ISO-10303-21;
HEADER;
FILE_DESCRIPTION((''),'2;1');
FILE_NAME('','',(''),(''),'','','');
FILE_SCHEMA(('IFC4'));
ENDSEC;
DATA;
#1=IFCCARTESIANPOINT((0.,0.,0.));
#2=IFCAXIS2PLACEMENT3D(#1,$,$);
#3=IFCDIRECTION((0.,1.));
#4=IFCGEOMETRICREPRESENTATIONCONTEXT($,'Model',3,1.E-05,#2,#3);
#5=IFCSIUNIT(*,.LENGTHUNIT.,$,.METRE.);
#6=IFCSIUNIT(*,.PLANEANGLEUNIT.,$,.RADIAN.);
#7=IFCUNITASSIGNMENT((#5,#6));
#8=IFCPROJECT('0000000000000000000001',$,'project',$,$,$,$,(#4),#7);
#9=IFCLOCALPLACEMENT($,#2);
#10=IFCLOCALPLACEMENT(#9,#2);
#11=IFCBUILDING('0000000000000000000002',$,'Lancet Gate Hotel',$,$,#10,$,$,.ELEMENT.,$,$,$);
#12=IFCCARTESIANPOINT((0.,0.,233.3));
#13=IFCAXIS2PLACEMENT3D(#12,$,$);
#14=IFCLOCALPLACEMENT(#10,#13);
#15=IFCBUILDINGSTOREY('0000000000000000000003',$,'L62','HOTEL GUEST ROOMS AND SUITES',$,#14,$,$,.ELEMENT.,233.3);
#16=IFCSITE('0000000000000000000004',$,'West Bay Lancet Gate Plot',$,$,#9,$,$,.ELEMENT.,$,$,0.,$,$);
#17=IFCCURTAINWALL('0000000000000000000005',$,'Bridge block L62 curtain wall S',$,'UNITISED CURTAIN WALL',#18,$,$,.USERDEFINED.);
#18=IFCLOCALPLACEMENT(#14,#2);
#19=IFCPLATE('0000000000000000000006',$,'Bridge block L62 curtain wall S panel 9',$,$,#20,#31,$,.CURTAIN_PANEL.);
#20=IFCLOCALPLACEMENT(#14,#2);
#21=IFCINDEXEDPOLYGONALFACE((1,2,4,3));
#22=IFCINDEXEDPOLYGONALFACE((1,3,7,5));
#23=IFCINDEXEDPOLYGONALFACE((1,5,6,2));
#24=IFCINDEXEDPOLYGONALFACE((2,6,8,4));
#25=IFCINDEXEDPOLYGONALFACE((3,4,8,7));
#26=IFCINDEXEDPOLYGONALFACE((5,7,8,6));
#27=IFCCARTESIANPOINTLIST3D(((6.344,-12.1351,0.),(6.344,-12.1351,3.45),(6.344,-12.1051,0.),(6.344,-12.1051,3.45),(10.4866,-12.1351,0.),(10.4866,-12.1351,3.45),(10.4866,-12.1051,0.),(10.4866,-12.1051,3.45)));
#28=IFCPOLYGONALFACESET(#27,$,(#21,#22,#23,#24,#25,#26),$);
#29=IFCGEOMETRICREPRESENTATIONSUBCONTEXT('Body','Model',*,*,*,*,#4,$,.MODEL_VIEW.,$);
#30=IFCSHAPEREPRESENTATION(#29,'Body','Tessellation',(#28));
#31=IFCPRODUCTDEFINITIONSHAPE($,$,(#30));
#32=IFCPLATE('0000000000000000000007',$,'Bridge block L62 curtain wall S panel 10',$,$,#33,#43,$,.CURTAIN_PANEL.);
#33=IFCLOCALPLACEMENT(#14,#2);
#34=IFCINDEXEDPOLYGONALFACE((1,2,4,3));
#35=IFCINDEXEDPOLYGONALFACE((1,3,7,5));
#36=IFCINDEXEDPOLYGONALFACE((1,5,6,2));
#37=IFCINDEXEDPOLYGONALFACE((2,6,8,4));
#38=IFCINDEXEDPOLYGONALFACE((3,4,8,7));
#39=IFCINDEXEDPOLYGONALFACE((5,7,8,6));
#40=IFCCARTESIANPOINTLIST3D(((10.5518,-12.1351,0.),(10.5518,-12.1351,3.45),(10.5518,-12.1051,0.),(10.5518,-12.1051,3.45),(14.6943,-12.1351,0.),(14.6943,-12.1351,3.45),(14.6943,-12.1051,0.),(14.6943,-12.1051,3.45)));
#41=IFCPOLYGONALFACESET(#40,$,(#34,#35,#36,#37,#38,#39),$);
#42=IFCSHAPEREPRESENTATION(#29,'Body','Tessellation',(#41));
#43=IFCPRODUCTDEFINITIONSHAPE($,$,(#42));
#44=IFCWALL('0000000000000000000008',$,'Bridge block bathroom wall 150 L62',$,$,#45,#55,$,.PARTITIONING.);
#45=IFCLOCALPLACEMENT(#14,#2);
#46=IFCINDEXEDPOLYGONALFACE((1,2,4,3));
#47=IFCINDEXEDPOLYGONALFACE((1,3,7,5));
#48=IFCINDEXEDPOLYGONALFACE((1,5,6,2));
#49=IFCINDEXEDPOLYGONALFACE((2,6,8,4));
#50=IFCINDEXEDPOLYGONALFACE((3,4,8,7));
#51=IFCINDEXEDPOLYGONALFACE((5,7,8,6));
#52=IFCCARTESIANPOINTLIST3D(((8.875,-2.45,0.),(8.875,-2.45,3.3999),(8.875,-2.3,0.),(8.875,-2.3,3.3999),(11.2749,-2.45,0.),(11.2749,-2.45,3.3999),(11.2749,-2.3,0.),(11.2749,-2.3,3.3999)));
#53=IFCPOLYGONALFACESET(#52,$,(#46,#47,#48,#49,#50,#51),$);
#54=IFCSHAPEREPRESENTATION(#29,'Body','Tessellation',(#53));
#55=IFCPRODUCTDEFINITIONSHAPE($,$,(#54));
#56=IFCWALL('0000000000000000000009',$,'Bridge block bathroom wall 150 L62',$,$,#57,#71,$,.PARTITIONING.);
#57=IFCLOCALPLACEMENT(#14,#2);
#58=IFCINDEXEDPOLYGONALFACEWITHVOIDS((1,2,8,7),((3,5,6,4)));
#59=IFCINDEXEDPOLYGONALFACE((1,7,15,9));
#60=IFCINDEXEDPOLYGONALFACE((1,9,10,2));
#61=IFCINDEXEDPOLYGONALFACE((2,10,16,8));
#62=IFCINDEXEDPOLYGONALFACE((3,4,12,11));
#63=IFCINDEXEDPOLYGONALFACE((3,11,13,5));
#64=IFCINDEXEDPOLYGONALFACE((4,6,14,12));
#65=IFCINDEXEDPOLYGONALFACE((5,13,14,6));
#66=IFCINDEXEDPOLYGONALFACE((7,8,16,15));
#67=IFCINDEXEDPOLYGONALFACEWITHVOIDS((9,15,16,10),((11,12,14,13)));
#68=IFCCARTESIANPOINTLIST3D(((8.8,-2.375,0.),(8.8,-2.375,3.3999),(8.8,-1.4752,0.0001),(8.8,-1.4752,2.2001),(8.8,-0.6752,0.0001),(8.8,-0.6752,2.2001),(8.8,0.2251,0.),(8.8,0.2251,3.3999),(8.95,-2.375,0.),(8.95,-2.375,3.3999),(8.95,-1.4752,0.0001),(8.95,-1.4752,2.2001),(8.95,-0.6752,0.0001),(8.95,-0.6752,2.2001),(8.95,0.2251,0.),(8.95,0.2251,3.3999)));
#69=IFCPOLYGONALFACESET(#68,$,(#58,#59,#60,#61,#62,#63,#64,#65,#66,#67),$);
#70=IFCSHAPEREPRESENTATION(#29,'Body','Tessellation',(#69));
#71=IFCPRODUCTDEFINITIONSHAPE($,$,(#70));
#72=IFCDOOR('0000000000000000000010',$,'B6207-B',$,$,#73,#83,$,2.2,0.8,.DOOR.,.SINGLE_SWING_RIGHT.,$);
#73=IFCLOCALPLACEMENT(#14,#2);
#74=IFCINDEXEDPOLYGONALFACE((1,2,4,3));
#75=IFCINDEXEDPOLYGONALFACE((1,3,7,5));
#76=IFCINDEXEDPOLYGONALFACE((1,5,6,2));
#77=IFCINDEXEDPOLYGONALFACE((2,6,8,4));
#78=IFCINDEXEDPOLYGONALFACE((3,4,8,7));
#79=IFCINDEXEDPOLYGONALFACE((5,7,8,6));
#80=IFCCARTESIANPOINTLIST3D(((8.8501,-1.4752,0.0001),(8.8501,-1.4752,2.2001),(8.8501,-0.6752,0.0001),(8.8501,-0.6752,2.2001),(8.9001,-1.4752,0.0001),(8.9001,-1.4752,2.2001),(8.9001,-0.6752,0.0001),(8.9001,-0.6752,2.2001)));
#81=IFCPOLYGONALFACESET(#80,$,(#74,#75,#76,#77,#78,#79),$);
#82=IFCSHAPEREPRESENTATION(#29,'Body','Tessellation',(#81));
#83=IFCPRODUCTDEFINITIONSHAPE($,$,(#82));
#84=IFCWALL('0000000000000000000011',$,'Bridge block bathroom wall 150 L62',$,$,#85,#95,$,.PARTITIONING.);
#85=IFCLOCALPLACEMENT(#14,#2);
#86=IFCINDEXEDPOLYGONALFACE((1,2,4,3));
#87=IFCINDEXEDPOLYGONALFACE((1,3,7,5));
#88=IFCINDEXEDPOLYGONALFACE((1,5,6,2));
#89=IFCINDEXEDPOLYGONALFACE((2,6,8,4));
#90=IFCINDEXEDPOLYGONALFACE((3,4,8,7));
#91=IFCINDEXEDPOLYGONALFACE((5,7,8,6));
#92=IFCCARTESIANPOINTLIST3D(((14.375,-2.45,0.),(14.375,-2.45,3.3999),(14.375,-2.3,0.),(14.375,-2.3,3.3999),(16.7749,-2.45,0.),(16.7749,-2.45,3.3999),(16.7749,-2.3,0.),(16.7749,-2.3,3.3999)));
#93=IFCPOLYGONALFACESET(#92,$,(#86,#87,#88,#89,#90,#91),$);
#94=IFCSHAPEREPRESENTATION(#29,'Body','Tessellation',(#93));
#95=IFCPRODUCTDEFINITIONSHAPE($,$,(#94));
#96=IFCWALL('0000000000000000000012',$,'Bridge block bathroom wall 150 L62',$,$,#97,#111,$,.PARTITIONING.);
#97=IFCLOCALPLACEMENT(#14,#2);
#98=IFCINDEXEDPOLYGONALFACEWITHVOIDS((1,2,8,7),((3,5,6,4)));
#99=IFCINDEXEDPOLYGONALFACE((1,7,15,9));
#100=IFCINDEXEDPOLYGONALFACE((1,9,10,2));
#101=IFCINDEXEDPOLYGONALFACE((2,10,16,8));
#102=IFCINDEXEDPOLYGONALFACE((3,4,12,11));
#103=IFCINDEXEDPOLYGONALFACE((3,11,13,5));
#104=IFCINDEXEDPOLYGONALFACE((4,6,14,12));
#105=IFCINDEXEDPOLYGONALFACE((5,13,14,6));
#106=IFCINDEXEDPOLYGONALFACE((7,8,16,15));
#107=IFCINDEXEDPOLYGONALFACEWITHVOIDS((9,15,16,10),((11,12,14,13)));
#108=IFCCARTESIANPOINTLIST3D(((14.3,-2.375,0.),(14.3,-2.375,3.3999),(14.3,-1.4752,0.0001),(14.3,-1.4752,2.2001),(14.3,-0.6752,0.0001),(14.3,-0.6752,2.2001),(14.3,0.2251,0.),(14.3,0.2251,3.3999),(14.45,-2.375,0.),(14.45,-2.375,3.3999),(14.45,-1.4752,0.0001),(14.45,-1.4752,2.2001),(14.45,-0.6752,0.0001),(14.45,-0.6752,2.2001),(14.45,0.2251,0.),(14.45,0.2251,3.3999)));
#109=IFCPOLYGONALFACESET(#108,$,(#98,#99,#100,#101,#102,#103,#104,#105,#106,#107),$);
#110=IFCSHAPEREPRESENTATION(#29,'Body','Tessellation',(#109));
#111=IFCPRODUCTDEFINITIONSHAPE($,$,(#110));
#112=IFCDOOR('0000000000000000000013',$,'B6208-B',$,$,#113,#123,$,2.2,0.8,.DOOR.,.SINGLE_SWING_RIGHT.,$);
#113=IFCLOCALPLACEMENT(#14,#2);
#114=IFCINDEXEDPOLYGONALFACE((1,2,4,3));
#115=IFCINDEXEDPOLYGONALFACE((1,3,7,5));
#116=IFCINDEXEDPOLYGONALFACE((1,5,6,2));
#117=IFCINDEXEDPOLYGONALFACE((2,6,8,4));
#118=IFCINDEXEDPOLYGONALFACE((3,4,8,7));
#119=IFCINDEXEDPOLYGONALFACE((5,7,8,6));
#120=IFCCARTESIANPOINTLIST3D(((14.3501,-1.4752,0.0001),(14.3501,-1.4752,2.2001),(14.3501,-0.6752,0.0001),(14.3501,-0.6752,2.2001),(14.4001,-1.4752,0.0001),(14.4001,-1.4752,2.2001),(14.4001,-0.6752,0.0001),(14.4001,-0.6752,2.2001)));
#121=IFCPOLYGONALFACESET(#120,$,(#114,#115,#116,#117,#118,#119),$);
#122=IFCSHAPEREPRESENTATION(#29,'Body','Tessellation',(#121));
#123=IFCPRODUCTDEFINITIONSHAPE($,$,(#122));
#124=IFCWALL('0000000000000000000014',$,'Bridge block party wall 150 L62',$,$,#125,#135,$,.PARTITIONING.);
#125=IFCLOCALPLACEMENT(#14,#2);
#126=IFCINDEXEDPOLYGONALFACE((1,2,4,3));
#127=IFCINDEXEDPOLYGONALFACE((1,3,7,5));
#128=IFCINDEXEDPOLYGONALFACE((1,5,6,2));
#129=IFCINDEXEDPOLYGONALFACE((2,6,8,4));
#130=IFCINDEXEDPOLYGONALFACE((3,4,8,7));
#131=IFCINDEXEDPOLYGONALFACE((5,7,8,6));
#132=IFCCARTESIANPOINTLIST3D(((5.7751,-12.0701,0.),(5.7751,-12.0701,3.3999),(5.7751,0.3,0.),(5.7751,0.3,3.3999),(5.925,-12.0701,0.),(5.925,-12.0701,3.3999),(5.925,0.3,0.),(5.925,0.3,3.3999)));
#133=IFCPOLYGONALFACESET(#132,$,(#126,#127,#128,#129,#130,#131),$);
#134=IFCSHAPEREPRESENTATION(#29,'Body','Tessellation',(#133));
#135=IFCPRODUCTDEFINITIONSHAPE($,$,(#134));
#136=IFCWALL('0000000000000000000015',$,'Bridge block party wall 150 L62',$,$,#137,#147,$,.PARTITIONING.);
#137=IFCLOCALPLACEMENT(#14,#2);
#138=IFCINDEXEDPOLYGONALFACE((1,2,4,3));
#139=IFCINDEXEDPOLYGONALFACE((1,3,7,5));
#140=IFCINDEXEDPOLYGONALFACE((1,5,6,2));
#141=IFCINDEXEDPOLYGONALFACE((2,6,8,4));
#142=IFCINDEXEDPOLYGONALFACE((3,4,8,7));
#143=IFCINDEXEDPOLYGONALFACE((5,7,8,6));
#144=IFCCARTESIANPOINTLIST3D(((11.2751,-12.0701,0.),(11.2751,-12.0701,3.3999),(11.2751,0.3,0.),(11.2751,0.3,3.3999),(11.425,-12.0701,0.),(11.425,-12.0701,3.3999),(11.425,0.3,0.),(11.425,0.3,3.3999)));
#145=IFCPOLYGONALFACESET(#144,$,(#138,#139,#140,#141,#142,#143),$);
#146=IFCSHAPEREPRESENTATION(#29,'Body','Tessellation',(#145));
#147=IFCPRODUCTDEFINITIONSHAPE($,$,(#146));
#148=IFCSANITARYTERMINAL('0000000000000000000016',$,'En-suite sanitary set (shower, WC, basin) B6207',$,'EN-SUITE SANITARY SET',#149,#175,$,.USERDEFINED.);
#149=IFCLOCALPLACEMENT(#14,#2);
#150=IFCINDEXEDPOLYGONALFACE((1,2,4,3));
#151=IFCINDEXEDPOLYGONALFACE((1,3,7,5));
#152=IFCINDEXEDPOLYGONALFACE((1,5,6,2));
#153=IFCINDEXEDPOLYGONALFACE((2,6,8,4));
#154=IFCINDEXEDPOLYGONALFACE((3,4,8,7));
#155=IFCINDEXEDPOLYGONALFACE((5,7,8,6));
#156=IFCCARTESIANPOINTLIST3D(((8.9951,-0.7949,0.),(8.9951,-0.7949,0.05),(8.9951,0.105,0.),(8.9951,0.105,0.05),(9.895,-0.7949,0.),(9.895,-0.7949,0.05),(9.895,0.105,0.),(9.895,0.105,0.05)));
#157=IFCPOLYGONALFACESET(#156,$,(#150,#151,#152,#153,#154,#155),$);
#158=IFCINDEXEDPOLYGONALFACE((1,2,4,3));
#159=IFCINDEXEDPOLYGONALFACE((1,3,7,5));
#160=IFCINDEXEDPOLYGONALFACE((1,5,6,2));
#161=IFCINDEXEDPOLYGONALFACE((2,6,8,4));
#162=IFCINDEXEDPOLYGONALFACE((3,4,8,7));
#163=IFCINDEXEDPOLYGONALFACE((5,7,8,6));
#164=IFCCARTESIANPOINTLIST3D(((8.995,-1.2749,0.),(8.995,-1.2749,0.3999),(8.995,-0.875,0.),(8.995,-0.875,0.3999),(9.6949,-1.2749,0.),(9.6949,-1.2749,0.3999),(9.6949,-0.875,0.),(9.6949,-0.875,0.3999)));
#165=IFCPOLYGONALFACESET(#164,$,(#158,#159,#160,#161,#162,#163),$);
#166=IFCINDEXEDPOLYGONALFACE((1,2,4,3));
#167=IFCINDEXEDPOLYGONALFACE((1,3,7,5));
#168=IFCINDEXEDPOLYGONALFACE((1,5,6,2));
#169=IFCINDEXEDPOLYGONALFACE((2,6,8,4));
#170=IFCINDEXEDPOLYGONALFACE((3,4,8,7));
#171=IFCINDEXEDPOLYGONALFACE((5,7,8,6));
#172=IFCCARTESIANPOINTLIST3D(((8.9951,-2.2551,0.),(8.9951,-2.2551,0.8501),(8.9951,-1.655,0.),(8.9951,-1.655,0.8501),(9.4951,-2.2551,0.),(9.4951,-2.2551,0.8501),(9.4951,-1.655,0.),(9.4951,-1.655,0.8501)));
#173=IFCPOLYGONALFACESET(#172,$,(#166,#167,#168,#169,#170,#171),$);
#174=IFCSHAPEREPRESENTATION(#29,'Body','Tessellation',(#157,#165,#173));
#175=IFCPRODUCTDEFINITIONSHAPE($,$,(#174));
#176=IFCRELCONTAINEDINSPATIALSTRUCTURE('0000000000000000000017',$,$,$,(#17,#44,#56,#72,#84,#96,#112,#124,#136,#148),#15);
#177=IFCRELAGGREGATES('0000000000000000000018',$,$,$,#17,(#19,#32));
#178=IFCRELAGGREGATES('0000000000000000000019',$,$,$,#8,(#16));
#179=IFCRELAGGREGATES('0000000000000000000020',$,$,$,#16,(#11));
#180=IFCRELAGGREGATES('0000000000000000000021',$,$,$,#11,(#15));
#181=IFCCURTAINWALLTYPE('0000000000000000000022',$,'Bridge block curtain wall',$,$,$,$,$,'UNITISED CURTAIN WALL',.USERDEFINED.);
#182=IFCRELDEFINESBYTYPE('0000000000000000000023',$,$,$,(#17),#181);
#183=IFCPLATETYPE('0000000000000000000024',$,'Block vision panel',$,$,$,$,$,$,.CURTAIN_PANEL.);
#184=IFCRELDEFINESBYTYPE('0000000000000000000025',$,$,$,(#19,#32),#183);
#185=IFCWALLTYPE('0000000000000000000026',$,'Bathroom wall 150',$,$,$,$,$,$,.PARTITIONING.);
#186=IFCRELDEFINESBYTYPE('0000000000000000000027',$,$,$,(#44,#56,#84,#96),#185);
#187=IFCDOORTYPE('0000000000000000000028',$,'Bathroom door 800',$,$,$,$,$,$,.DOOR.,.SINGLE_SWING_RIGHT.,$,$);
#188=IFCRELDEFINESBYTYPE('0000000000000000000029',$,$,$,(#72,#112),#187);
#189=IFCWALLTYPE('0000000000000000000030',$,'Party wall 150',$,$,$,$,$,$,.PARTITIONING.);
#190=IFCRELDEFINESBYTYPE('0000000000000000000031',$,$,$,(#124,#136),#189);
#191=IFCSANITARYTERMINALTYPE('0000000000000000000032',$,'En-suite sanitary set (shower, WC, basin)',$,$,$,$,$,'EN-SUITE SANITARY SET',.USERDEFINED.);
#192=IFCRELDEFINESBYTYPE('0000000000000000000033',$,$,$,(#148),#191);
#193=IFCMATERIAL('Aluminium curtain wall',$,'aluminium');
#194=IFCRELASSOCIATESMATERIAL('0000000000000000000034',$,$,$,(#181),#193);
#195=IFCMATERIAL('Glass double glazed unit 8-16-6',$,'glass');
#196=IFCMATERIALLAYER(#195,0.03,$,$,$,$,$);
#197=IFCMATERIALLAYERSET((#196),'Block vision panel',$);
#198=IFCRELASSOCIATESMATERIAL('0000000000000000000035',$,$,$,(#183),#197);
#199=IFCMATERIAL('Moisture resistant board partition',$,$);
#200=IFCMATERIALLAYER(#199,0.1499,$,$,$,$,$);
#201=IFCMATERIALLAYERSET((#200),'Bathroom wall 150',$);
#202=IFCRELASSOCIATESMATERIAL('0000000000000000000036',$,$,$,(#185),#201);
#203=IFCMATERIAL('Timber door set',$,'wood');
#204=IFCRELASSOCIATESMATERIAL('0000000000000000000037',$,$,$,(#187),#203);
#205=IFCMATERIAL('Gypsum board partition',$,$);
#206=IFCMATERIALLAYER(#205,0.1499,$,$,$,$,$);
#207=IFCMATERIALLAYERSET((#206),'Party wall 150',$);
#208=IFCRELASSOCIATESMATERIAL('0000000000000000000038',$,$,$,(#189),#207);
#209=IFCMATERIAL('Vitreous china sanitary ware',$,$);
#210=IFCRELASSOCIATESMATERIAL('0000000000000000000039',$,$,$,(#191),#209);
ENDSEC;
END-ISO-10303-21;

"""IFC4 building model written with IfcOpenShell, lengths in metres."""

from ifc_helpers import new_model, si_unit, direction, frame, frame_2d, origin, origin_2d, place, context, subcontext, project, spatial, rectangle, extrude, material, layer, layer_set, type_object, element, fill, aggregate, save


model = new_model("IFC4")

# Units and contexts
model_context = context("Model", 3, precision=1e-05, world=origin(), true_north=direction((0.0, 1.0)))
body_context = subcontext(model_context, "Body", "Model", "MODEL_VIEW")
ifc_project = project(units=[si_unit("LENGTHUNIT", "METRE"), si_unit("PLANEANGLEUNIT", "RADIAN")], contexts=[model_context])

# Site, building, storey
site_placement = place(None, origin())
site = spatial("IfcSite", under=ifc_project, at=site_placement, Name="West Bay Lancet Gate Plot", CompositionType="ELEMENT", RefElevation=0.0)
building_placement = place(site_placement, origin())
building = spatial("IfcBuilding", under=site, at=building_placement, Name="Lancet Gate Hotel", CompositionType="ELEMENT")
storey_placement = place(building_placement, frame((0.0, 0.0, 233.3)))
storey = spatial("IfcBuildingStorey", under=building, at=storey_placement, Name="L62", Description="HOTEL GUEST ROOMS AND SUITES", CompositionType="ELEMENT", Elevation=233.3)

# Curtain wall
ifc_material_1 = material(Name="Aluminium curtain wall", Category="aluminium")
curtain_wall_type = type_object("IfcCurtainWallType", Name="Bridge block curtain wall", ElementType="UNITISED CURTAIN WALL", PredefinedType="USERDEFINED", material=ifc_material_1)
curtain_wall_placement = place(storey_placement, origin())
curtain_wall = element("IfcCurtainWall", 1, at=curtain_wall_placement, inside=storey, type_object=curtain_wall_type, Name="Bridge block L62 curtain wall S", ObjectType="UNITISED CURTAIN WALL", PredefinedType="USERDEFINED")

# Plates
ifc_material_2 = material(Name="Glass double glazed unit 8-16-6", Category="glass")
ifc_layer_1 = layer(ifc_material_2, 0.03)
ifc_layer_set_1 = layer_set([ifc_layer_1], Name="Block vision panel")
plate_type = type_object("IfcPlateType", Name="Block vision panel", PredefinedType="CURTAIN_PANEL", material=ifc_layer_set_1)
plate_1_placement = place(storey_placement, frame((8.4153, -12.1201, 0.0), z_axis=(0.0, 0.0, 1.0), x_axis=(1.0, 0.0, 0.0)))
plate_1 = element("IfcPlate", 2, at=plate_1_placement, type_object=plate_type, Name="Bridge block L62 curtain wall S panel 9", PredefinedType="CURTAIN_PANEL", context=body_context, shape_type="SweptSolid", body=[
    extrude(rectangle(XDim=4.1426, YDim=0.03, at=origin_2d()), origin(), (0.0, 0.0, 1.0), 3.45),
])
plate_2_placement = place(storey_placement, frame((12.623, -12.1201, 0.0), z_axis=(0.0, 0.0, 1.0), x_axis=(1.0, 0.0, 0.0)))
plate_2 = element("IfcPlate", 3, at=plate_2_placement, type_object=plate_type, Name="Bridge block L62 curtain wall S panel 10", PredefinedType="CURTAIN_PANEL", context=body_context, shape_type="SweptSolid", body=[
    extrude(rectangle(XDim=4.1426, YDim=0.03, at=origin_2d()), origin(), (0.0, 0.0, 1.0), 3.45),
])
aggregate(curtain_wall, [plate_1, plate_2])

# Wall
ifc_material_3 = material(Name="Moisture resistant board partition")
ifc_layer_2 = layer(ifc_material_3, 0.1499)
ifc_layer_set_2 = layer_set([ifc_layer_2], Name="Bathroom wall 150")
wall_type_1 = type_object("IfcWallType", Name="Bathroom wall 150", PredefinedType="PARTITIONING", material=ifc_layer_set_2)
wall_1_placement = place(storey_placement, frame((8.875, -2.375, 0.0), z_axis=(0.0, 0.0, 1.0), x_axis=(1.0, 0.0, 0.0)))
element("IfcWall", 4, at=wall_1_placement, inside=storey, type_object=wall_type_1, Name="Bridge block bathroom wall 150 L62", PredefinedType="PARTITIONING", context=body_context, shape_type="SweptSolid", body=[
    extrude(rectangle(XDim=2.3999, YDim=0.1499, at=frame_2d((1.2, 0.0))), origin(), (0.0, 0.0, 1.0), 3.3999),
])

# Wall, opening, door
wall_2_placement = place(storey_placement, frame((8.875, -2.375, 0.0), z_axis=(0.0, 0.0, 1.0), x_axis=(0.0, 1.0, 0.0)))
wall_2 = element("IfcWall", 5, at=wall_2_placement, inside=storey, type_object=wall_type_1, Name="Bridge block bathroom wall 150 L62", PredefinedType="PARTITIONING", context=body_context, shape_type="SweptSolid", body=[
    extrude(rectangle(XDim=2.6001, YDim=0.1499, at=frame_2d((1.3, 0.0))), origin(), (0.0, 0.0, 1.0), 3.3999),
])
opening_1_placement = place(wall_2_placement, frame((0.8999, 0.0, 0.0)))
opening_1 = element("IfcOpeningElement", 6, at=opening_1_placement, cuts=wall_2, PredefinedType="OPENING", context=body_context, shape_type="SweptSolid", body=[
    extrude(rectangle(XDim=0.8, YDim=2.2, at=frame_2d((0.3999, 1.1001))), frame((0.0, 0.085, 0.0), z_axis=(0.0, -1.0, 0.0), x_axis=(1.0, 0.0, 0.0)), (0.0, 0.0, 1.0), 0.1699),
])
ifc_material_4 = material(Name="Timber door set", Category="wood")
door_type = type_object("IfcDoorType", Name="Bathroom door 800", OperationType="SINGLE_SWING_RIGHT", PredefinedType="DOOR", material=ifc_material_4)
door_1_placement = place(opening_1_placement, origin())
door_1 = element("IfcDoor", 7, at=door_1_placement, inside=storey, type_object=door_type, Name="B6207-B", OperationType="SINGLE_SWING_RIGHT", OverallHeight=2.2, OverallWidth=0.8, PredefinedType="DOOR", context=body_context, shape_type="SweptSolid", body=[
    extrude(rectangle(XDim=0.8, YDim=2.2, at=frame_2d((0.3999, 1.1001))), frame((0.0, 0.0249, 0.0), z_axis=(0.0, -1.0, 0.0), x_axis=(1.0, 0.0, 0.0)), (0.0, 0.0, 1.0), 0.05),
])
fill(opening_1, door_1)

# Wall
wall_3_placement = place(storey_placement, frame((14.375, -2.375, 0.0), z_axis=(0.0, 0.0, 1.0), x_axis=(1.0, 0.0, 0.0)))
element("IfcWall", 8, at=wall_3_placement, inside=storey, type_object=wall_type_1, Name="Bridge block bathroom wall 150 L62", PredefinedType="PARTITIONING", context=body_context, shape_type="SweptSolid", body=[
    extrude(rectangle(XDim=2.3999, YDim=0.1499, at=frame_2d((1.2, 0.0))), origin(), (0.0, 0.0, 1.0), 3.3999),
])

# Wall, opening, door
wall_4_placement = place(storey_placement, frame((14.375, -2.375, 0.0), z_axis=(0.0, 0.0, 1.0), x_axis=(0.0, 1.0, 0.0)))
wall_4 = element("IfcWall", 9, at=wall_4_placement, inside=storey, type_object=wall_type_1, Name="Bridge block bathroom wall 150 L62", PredefinedType="PARTITIONING", context=body_context, shape_type="SweptSolid", body=[
    extrude(rectangle(XDim=2.6001, YDim=0.1499, at=frame_2d((1.3, 0.0))), origin(), (0.0, 0.0, 1.0), 3.3999),
])
opening_2_placement = place(wall_4_placement, frame((0.8999, 0.0, 0.0)))
opening_2 = element("IfcOpeningElement", 10, at=opening_2_placement, cuts=wall_4, PredefinedType="OPENING", context=body_context, shape_type="SweptSolid", body=[
    extrude(rectangle(XDim=0.8, YDim=2.2, at=frame_2d((0.3999, 1.1001))), frame((0.0, 0.085, 0.0), z_axis=(0.0, -1.0, 0.0), x_axis=(1.0, 0.0, 0.0)), (0.0, 0.0, 1.0), 0.1699),
])
door_2_placement = place(opening_2_placement, origin())
door_2 = element("IfcDoor", 11, at=door_2_placement, inside=storey, type_object=door_type, Name="B6208-B", OperationType="SINGLE_SWING_RIGHT", OverallHeight=2.2, OverallWidth=0.8, PredefinedType="DOOR", context=body_context, shape_type="SweptSolid", body=[
    extrude(rectangle(XDim=0.8, YDim=2.2, at=frame_2d((0.3999, 1.1001))), frame((0.0, 0.0249, 0.0), z_axis=(0.0, -1.0, 0.0), x_axis=(1.0, 0.0, 0.0)), (0.0, 0.0, 1.0), 0.05),
])
fill(opening_2, door_2)

# Walls
ifc_material_5 = material(Name="Gypsum board partition")
ifc_layer_3 = layer(ifc_material_5, 0.1499)
ifc_layer_set_3 = layer_set([ifc_layer_3], Name="Party wall 150")
wall_type_2 = type_object("IfcWallType", Name="Party wall 150", PredefinedType="PARTITIONING", material=ifc_layer_set_3)
for number, where, z_axis, x_axis, name in (
    (12, (5.8501, -12.0701, 0.0), (0.0, 0.0, 1.0), (0.0, 1.0, 0.0), "Bridge block party wall 150 L62"),
    (13, (11.3501, -12.0701, 0.0), (0.0, 0.0, 1.0), (0.0, 1.0, 0.0), "Bridge block party wall 150 L62"),
):
    element("IfcWall", number, at=place(storey_placement, frame(where, z_axis=z_axis, x_axis=x_axis)), inside=storey, type_object=wall_type_2, Name=name, PredefinedType="PARTITIONING", context=body_context, shape_type="SweptSolid", body=[
        extrude(rectangle(XDim=12.3701, YDim=0.1499, at=frame_2d((6.1851, 0.0))), origin(), (0.0, 0.0, 1.0), 3.3999),
    ])

# Sanitary terminal
ifc_material_6 = material(Name="Vitreous china sanitary ware")
sanitary_terminal_type = type_object("IfcSanitaryTerminalType", Name="En-suite sanitary set (shower, WC, basin)", ElementType="EN-SUITE SANITARY SET", PredefinedType="USERDEFINED", material=ifc_material_6)
sanitary_terminal_placement = place(storey_placement, frame((9.4451, -0.345, 0.0), z_axis=(0.0, 0.0, 1.0), x_axis=(1.0, 0.0, 0.0)))
element("IfcSanitaryTerminal", 14, at=sanitary_terminal_placement, inside=storey, type_object=sanitary_terminal_type, Name="En-suite sanitary set (shower, WC, basin) B6207", ObjectType="EN-SUITE SANITARY SET", PredefinedType="USERDEFINED", context=body_context, shape_type="SweptSolid", body=[
    extrude(rectangle(XDim=0.8999, YDim=0.8999, at=origin_2d()), frame((0.0, 0.0, 0.0), z_axis=(0.0, 0.0, 1.0), x_axis=(0.0, 1.0, 0.0)), (0.0, 0.0, 1.0), 0.05),
    extrude(rectangle(XDim=0.3999, YDim=0.7, at=origin_2d()), frame((-0.1001, -0.73, 0.0), z_axis=(0.0, 0.0, 1.0), x_axis=(0.0, 1.0, 0.0)), (0.0, 0.0, 1.0), 0.3999),
    extrude(rectangle(XDim=0.6001, YDim=0.5, at=origin_2d()), frame((-0.2, -1.6101, 0.0), z_axis=(0.0, 0.0, 1.0), x_axis=(0.0, 1.0, 0.0)), (0.0, 0.0, 1.0), 0.8501),
])

save(model, "model.ifc")
